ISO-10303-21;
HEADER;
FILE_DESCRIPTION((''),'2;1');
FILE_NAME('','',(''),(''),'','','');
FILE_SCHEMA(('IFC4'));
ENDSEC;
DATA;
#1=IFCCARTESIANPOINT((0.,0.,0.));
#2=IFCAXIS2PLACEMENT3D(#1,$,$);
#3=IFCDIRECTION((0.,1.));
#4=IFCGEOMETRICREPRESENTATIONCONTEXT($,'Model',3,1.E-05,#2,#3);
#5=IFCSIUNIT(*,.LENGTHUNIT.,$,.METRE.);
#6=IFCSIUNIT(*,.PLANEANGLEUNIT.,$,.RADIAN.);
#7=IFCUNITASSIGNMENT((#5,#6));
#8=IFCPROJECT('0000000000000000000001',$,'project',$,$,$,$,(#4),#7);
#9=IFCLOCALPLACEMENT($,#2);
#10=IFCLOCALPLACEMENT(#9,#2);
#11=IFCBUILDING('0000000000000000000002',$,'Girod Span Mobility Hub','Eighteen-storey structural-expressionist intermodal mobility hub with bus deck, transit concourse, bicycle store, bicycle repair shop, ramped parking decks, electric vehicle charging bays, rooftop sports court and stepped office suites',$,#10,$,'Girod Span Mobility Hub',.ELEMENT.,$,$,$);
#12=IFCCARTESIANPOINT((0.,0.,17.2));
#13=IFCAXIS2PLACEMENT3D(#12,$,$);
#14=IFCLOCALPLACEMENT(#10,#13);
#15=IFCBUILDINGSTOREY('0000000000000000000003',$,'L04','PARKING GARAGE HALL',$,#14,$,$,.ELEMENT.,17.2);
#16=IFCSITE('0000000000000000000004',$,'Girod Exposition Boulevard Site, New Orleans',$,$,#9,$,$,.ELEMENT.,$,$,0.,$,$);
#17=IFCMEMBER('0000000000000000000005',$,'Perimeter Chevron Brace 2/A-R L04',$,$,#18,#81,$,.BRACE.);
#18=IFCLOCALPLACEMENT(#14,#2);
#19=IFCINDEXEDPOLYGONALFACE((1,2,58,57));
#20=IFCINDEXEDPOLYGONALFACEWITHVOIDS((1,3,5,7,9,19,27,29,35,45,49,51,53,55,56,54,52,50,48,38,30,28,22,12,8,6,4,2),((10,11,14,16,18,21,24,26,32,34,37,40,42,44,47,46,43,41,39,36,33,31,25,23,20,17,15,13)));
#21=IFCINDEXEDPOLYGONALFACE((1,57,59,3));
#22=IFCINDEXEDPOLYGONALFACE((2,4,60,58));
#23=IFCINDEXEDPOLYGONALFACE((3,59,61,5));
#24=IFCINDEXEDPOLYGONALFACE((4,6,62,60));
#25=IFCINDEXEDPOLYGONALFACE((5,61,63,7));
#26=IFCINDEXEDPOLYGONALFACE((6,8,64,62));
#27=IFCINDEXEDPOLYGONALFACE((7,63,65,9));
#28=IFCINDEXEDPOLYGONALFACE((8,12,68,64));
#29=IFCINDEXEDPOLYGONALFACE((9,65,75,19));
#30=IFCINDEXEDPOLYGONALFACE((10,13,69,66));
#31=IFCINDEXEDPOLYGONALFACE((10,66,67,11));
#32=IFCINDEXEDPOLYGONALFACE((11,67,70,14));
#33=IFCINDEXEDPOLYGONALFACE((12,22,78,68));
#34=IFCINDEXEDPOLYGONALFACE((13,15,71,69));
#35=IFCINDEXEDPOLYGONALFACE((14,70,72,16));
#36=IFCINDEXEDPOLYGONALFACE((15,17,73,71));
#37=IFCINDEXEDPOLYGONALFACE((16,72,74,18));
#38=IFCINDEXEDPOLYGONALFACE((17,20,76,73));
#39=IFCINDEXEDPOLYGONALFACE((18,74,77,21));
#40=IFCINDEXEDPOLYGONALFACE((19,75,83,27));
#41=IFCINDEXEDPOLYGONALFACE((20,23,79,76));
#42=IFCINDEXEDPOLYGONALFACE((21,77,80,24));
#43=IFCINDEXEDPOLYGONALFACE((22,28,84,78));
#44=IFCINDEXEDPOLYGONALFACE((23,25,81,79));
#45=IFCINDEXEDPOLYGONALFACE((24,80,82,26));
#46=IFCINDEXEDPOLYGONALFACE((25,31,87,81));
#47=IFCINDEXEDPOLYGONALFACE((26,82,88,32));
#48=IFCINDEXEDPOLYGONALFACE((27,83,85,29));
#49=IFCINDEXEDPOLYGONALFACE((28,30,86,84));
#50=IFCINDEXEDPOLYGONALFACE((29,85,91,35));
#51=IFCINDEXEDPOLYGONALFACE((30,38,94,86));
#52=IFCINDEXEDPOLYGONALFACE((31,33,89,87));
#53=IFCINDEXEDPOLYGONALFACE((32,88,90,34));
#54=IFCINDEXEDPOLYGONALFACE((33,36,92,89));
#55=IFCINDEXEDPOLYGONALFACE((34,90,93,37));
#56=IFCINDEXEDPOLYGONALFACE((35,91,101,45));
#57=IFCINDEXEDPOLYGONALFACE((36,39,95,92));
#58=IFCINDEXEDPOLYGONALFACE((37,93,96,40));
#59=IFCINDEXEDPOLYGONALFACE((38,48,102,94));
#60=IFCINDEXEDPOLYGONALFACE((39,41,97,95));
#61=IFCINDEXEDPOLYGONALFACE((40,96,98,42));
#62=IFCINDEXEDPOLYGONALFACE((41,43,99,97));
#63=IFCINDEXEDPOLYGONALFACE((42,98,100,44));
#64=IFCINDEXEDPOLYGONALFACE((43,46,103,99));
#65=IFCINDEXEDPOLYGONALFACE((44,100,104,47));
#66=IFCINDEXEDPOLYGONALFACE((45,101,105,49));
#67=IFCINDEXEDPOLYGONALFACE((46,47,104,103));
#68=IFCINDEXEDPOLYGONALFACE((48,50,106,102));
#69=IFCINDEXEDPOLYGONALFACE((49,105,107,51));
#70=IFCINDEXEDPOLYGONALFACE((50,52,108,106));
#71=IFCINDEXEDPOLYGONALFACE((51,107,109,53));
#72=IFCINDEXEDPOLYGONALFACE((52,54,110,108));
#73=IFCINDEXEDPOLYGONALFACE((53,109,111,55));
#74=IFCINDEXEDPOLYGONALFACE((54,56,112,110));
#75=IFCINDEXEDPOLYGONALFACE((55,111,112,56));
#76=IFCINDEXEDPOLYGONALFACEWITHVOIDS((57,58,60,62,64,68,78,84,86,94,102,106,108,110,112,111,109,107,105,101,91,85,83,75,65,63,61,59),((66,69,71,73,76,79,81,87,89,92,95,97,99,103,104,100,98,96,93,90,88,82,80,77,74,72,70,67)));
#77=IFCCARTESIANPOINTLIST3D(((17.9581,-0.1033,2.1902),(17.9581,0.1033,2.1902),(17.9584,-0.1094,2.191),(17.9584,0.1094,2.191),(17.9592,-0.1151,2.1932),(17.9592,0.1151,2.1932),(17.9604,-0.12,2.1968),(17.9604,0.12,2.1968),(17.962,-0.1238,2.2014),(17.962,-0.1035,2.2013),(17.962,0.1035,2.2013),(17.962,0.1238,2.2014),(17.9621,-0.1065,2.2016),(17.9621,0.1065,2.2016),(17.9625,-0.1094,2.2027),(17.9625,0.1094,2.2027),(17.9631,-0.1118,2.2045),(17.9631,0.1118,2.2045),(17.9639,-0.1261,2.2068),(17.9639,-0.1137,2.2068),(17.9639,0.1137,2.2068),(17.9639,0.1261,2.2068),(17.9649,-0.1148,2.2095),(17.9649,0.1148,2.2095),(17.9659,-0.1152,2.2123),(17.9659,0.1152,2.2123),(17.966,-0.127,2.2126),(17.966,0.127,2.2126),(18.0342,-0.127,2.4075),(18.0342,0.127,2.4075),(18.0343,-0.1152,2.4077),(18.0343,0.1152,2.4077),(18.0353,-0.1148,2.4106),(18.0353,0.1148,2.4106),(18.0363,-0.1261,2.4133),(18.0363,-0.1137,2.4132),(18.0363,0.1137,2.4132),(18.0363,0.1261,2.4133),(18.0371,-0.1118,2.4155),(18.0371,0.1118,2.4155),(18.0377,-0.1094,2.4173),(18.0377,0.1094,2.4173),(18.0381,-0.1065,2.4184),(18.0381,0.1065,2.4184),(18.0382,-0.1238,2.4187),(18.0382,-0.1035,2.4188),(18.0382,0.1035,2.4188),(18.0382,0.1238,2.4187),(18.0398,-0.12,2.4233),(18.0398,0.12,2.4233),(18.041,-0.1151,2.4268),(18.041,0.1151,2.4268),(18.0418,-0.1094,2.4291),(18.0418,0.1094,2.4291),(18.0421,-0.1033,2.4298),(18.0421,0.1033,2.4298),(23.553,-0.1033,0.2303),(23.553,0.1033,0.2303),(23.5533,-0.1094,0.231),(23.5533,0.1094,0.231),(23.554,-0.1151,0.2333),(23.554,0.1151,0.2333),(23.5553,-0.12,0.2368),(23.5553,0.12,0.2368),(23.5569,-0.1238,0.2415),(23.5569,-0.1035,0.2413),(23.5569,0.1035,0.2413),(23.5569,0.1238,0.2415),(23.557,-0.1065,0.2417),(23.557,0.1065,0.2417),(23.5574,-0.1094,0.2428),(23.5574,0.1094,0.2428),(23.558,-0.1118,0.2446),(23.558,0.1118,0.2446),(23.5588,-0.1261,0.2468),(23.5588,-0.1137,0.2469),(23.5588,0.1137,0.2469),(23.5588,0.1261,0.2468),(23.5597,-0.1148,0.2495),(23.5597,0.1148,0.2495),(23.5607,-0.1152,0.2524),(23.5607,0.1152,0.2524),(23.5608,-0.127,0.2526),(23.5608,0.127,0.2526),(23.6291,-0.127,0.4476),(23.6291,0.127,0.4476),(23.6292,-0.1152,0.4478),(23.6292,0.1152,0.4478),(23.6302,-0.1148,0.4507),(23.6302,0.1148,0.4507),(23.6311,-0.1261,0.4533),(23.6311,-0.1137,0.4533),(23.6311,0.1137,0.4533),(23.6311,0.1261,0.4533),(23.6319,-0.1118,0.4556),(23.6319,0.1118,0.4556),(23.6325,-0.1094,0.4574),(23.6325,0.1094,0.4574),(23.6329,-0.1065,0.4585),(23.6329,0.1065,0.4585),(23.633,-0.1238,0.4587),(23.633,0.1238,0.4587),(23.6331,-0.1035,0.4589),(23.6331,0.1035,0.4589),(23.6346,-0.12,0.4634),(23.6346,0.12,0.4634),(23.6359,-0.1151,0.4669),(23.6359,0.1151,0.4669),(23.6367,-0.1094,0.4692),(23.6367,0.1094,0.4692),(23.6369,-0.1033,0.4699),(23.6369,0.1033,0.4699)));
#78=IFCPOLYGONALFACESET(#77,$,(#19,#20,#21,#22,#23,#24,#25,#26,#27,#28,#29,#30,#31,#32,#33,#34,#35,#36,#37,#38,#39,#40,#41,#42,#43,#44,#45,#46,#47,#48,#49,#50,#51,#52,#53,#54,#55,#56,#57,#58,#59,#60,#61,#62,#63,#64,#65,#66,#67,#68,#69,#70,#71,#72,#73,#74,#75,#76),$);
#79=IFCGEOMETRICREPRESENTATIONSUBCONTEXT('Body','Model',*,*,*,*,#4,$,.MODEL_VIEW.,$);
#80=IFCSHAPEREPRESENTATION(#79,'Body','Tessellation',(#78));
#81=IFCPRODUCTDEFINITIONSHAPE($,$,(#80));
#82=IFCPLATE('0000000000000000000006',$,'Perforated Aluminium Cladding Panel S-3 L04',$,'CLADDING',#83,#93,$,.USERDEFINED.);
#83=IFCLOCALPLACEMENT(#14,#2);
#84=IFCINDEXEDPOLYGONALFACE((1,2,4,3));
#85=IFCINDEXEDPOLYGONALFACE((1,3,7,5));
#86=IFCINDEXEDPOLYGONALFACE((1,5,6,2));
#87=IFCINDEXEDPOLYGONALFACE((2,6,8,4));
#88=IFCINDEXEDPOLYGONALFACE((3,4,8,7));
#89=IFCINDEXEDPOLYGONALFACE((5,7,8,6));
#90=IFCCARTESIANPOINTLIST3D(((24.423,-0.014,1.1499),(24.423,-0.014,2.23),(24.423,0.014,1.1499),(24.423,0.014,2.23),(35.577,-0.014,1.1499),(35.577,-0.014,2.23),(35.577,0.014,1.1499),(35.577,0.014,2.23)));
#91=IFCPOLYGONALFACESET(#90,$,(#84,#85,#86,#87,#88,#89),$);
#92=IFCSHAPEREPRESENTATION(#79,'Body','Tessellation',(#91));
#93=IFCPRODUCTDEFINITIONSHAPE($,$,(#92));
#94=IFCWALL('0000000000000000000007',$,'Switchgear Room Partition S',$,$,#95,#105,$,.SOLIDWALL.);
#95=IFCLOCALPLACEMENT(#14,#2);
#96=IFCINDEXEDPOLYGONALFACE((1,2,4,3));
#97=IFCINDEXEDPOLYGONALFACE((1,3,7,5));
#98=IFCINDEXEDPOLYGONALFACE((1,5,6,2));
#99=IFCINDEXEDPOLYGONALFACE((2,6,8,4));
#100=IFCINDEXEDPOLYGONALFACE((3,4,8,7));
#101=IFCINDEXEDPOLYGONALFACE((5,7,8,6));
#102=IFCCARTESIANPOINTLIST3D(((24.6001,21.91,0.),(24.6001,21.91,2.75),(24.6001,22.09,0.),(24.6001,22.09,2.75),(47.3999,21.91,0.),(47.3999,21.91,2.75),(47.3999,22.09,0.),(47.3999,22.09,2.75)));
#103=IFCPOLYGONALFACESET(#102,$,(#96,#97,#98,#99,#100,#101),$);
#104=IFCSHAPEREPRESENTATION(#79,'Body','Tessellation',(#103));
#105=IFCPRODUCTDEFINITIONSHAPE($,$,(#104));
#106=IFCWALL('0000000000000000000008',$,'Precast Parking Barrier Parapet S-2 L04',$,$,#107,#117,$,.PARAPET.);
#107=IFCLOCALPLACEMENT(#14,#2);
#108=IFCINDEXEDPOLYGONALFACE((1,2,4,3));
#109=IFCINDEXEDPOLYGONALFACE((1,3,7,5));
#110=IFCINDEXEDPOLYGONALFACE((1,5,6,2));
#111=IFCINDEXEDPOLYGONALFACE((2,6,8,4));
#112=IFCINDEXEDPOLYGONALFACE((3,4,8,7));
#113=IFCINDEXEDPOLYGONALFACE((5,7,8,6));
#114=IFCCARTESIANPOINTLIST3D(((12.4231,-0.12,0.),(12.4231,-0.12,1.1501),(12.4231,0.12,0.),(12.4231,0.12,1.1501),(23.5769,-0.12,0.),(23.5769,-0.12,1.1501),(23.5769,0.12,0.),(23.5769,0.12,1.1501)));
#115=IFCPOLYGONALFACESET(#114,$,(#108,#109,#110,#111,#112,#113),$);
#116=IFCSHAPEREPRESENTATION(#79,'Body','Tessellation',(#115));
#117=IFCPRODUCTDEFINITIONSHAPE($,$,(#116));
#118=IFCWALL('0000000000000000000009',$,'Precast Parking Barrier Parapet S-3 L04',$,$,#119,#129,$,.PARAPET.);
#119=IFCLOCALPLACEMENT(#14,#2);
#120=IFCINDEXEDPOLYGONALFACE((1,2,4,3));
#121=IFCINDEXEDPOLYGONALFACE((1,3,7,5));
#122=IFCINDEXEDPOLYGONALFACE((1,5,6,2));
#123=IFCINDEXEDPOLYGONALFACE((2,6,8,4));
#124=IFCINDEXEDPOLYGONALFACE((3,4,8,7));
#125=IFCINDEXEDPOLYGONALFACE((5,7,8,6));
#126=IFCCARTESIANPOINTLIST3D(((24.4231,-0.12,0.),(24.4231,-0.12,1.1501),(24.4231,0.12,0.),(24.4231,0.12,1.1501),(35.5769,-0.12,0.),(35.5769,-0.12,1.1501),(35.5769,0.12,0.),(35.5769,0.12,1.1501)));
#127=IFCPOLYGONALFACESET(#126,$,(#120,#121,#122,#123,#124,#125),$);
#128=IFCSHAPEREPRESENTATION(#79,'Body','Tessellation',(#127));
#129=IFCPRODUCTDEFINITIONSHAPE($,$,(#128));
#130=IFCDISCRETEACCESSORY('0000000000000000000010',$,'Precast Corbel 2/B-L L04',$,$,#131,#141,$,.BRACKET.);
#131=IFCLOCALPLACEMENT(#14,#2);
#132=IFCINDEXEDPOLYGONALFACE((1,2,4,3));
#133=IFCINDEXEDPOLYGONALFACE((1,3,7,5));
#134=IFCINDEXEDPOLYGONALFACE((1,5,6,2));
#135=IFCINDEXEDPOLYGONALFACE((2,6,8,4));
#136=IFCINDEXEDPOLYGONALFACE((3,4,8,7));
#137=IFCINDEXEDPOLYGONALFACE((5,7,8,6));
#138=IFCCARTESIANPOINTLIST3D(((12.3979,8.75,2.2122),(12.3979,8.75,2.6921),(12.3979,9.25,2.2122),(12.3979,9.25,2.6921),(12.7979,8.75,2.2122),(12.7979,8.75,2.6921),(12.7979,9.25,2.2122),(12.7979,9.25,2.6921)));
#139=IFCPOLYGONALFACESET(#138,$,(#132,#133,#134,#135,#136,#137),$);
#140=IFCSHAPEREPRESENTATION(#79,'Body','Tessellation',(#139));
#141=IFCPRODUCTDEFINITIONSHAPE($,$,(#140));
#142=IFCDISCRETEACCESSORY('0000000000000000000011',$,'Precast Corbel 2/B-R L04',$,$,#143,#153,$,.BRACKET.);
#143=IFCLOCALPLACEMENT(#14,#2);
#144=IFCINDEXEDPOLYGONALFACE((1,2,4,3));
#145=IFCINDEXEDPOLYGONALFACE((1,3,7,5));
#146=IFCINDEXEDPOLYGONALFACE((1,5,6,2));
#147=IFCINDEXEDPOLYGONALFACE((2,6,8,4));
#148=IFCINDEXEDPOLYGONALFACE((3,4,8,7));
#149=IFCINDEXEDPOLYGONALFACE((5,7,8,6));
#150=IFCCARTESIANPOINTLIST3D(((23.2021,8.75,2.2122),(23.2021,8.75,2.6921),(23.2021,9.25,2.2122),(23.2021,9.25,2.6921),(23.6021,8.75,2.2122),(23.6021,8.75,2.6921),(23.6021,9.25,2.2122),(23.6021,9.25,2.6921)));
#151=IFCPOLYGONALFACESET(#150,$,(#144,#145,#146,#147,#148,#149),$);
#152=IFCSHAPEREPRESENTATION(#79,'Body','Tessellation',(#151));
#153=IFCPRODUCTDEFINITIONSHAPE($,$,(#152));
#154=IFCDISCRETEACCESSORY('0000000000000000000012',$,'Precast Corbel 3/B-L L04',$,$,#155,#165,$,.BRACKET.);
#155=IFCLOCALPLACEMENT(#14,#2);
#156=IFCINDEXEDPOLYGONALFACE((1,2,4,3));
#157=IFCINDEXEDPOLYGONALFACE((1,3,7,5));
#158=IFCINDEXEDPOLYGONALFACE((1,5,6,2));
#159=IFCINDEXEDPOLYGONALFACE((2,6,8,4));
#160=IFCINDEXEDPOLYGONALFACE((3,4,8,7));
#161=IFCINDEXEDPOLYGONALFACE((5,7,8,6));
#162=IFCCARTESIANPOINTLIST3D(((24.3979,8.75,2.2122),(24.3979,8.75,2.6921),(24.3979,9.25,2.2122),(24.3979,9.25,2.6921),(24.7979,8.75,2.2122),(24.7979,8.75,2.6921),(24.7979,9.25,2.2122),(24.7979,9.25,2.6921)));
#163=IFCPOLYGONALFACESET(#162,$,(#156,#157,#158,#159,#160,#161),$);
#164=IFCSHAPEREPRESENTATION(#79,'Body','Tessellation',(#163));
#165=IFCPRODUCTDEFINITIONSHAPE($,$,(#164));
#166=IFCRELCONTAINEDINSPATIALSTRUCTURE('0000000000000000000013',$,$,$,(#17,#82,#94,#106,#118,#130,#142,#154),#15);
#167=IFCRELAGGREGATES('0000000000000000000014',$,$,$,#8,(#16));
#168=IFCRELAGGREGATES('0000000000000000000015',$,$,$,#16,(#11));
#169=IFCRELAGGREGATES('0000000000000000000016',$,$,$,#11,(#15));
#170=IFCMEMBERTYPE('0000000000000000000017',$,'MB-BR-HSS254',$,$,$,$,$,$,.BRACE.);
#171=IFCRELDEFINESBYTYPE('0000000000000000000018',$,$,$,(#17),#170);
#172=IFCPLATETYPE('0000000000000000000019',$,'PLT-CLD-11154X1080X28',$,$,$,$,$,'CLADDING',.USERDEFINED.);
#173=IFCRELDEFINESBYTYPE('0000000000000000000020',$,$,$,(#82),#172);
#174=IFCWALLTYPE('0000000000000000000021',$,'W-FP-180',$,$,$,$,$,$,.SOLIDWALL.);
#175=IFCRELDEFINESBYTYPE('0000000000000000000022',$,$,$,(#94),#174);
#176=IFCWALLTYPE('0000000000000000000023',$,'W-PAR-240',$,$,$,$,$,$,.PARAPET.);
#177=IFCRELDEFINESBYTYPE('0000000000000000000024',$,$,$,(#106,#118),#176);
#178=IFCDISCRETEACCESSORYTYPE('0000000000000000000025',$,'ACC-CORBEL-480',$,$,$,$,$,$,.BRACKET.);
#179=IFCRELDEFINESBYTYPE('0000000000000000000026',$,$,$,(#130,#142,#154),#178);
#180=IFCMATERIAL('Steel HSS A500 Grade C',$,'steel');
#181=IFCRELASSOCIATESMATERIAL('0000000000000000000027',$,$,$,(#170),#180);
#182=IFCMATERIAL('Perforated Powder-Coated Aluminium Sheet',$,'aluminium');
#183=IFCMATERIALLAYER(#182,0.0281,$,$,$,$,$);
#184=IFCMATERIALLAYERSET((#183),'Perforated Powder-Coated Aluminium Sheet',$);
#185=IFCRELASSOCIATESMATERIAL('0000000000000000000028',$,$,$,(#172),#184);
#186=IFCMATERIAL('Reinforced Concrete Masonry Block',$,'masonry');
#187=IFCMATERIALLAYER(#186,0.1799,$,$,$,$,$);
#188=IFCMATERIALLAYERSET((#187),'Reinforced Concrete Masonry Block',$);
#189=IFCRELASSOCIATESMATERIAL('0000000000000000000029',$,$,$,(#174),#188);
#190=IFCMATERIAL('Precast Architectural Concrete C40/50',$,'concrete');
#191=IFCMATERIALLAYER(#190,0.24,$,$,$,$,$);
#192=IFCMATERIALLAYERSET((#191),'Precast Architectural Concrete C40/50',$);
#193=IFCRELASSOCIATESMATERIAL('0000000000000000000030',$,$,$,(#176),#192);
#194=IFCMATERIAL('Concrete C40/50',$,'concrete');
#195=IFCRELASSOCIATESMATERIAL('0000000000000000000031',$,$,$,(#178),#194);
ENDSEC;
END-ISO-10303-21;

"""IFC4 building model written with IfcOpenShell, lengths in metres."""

from ifc_helpers import new_model, si_unit, direction, frame, frame_2d, origin, origin_2d, place, context, subcontext, project, spatial, rectangle, hollow_rectangle, extrude, material, layer, layer_set, material_profile, profile_set, type_object, element, save


model = new_model("IFC4")

# Units and contexts
model_context = context("Model", 3, precision=1e-05, world=origin(), true_north=direction((0.0, 1.0)))
body_context = subcontext(model_context, "Body", "Model", "MODEL_VIEW")
ifc_project = project(units=[si_unit("LENGTHUNIT", "METRE"), si_unit("PLANEANGLEUNIT", "RADIAN")], contexts=[model_context])

# Site, building, storey
site_placement = place(None, origin())
site = spatial("IfcSite", under=ifc_project, at=site_placement, Name="Girod Exposition Boulevard Site, New Orleans", CompositionType="ELEMENT", RefElevation=0.0)
building_placement = place(site_placement, origin())
building = spatial("IfcBuilding", under=site, at=building_placement, Name="Girod Span Mobility Hub", Description="Eighteen-storey structural-expressionist intermodal mobility hub with bus deck, transit concourse, bicycle store, bicycle repair shop, ramped parking decks, electric vehicle charging bays, rooftop sports court and stepped office suites", LongName="Girod Span Mobility Hub", CompositionType="ELEMENT")
storey_placement = place(building_placement, frame((0.0, 0.0, 17.2)))
storey = spatial("IfcBuildingStorey", under=building, at=storey_placement, Name="L04", Description="PARKING GARAGE HALL", CompositionType="ELEMENT", Elevation=17.2)

# Member
ifc_material_1 = material(Name="Steel HSS A500 Grade C", Category="steel")
ifc_material_profile_1 = material_profile(ifc_material_1, hollow_rectangle(XDim=0.2539, YDim=0.2539, WallThickness=0.0117, InnerFilletRadius=0.0117, OuterFilletRadius=0.0237, at=origin_2d()), Name="HSS254X254X12.7")
ifc_profile_set_1 = profile_set([ifc_material_profile_1], Name="Steel HSS A500 Grade C")
member_type = type_object("IfcMemberType", Name="MB-BR-HSS254", PredefinedType="BRACE", material=ifc_profile_set_1)
for number, where, z_axis, x_axis, name in (
    (1, (23.595, 0.0, 0.3501), (-0.943768, 0.0, 0.330609), (0.0, -1.0, 0.0), "Perimeter Chevron Brace 2/A-R L04"),
):
    element("IfcMember", number, at=place(storey_placement, frame(where, z_axis=z_axis, x_axis=x_axis)), inside=storey, type_object=member_type, Name=name, PredefinedType="BRACE", context=body_context, shape_type="SweptSolid", body=[
        extrude(hollow_rectangle(XDim=0.2539, YDim=0.2539, WallThickness=0.0117, InnerFilletRadius=0.0117, OuterFilletRadius=0.0237, at=origin_2d()), origin(), (0.0, 0.0, 1.0), 5.9282),
    ])

# Plate
ifc_material_2 = material(Name="Perforated Powder-Coated Aluminium Sheet", Category="aluminium")
ifc_layer_1 = layer(ifc_material_2, 0.0281)
ifc_layer_set_1 = layer_set([ifc_layer_1], Name="Perforated Powder-Coated Aluminium Sheet")
plate_type = type_object("IfcPlateType", Name="PLT-CLD-11154X1080X28", ElementType="CLADDING", PredefinedType="USERDEFINED", material=ifc_layer_set_1)
plate_placement = place(storey_placement, frame((30.0, 0.0, 1.1499), z_axis=(0.0, 0.0, 1.0), x_axis=(1.0, 0.0, 0.0)))
element("IfcPlate", 2, at=plate_placement, inside=storey, type_object=plate_type, Name="Perforated Aluminium Cladding Panel S-3 L04", ObjectType="CLADDING", PredefinedType="USERDEFINED", context=body_context, shape_type="SweptSolid", body=[
    extrude(rectangle(XDim=11.1541, YDim=0.0281, at=origin_2d()), origin(), (0.0, 0.0, 1.0), 1.0801),
])

# Walls
ifc_material_3 = material(Name="Reinforced Concrete Masonry Block", Category="masonry")
ifc_layer_2 = layer(ifc_material_3, 0.1799)
ifc_layer_set_2 = layer_set([ifc_layer_2], Name="Reinforced Concrete Masonry Block")
wall_type_1 = type_object("IfcWallType", Name="W-FP-180", PredefinedType="SOLIDWALL", material=ifc_layer_set_2)
wall_placement = place(storey_placement, frame((24.6001, 22.0, 0.0), z_axis=(0.0, 0.0, 1.0), x_axis=(1.0, 0.0, 0.0)))
element("IfcWall", 3, at=wall_placement, inside=storey, type_object=wall_type_1, Name="Switchgear Room Partition S", PredefinedType="SOLIDWALL", context=body_context, shape_type="SweptSolid", body=[
    extrude(rectangle(XDim=22.7998, YDim=0.1799, at=frame_2d((11.3999, 0.0))), origin(), (0.0, 0.0, 1.0), 2.75),
])
ifc_material_4 = material(Name="Precast Architectural Concrete C40/50", Category="concrete")
ifc_layer_3 = layer(ifc_material_4, 0.24)
ifc_layer_set_3 = layer_set([ifc_layer_3], Name="Precast Architectural Concrete C40/50")
wall_type_2 = type_object("IfcWallType", Name="W-PAR-240", PredefinedType="PARAPET", material=ifc_layer_set_3)
for number, where, z_axis, x_axis, name in (
    (4, (12.4231, 0.0, 0.0), (0.0, 0.0, 1.0), (1.0, 0.0, 0.0), "Precast Parking Barrier Parapet S-2 L04"),
    (5, (24.4231, 0.0, 0.0), (0.0, 0.0, 1.0), (1.0, 0.0, 0.0), "Precast Parking Barrier Parapet S-3 L04"),
):
    element("IfcWall", number, at=place(storey_placement, frame(where, z_axis=z_axis, x_axis=x_axis)), inside=storey, type_object=wall_type_2, Name=name, PredefinedType="PARAPET", context=body_context, shape_type="SweptSolid", body=[
        extrude(rectangle(XDim=11.1538, YDim=0.24, at=frame_2d((5.5769, 0.0))), origin(), (0.0, 0.0, 1.0), 1.1501),
    ])

# Discrete accessories
ifc_material_5 = material(Name="Concrete C40/50", Category="concrete")
discrete_accessory_type = type_object("IfcDiscreteAccessoryType", Name="ACC-CORBEL-480", PredefinedType="BRACKET", material=ifc_material_5)
for number, where, z_axis, x_axis, name in (
    (6, (12.5979, 9.0, 2.2122), (0.0, 0.0, 1.0), (1.0, 0.0, 0.0), "Precast Corbel 2/B-L L04"),
    (7, (23.4021, 9.0, 2.2122), (0.0, 0.0, 1.0), (1.0, 0.0, 0.0), "Precast Corbel 2/B-R L04"),
    (8, (24.5979, 9.0, 2.2122), (0.0, 0.0, 1.0), (1.0, 0.0, 0.0), "Precast Corbel 3/B-L L04"),
):
    element("IfcDiscreteAccessory", number, at=place(storey_placement, frame(where, z_axis=z_axis, x_axis=x_axis)), inside=storey, type_object=discrete_accessory_type, Name=name, PredefinedType="BRACKET", context=body_context, shape_type="SweptSolid", body=[
        extrude(rectangle(XDim=0.3999, YDim=0.5, at=origin_2d()), origin(), (0.0, 0.0, 1.0), 0.48),
    ])

save(model, "model.ifc")
